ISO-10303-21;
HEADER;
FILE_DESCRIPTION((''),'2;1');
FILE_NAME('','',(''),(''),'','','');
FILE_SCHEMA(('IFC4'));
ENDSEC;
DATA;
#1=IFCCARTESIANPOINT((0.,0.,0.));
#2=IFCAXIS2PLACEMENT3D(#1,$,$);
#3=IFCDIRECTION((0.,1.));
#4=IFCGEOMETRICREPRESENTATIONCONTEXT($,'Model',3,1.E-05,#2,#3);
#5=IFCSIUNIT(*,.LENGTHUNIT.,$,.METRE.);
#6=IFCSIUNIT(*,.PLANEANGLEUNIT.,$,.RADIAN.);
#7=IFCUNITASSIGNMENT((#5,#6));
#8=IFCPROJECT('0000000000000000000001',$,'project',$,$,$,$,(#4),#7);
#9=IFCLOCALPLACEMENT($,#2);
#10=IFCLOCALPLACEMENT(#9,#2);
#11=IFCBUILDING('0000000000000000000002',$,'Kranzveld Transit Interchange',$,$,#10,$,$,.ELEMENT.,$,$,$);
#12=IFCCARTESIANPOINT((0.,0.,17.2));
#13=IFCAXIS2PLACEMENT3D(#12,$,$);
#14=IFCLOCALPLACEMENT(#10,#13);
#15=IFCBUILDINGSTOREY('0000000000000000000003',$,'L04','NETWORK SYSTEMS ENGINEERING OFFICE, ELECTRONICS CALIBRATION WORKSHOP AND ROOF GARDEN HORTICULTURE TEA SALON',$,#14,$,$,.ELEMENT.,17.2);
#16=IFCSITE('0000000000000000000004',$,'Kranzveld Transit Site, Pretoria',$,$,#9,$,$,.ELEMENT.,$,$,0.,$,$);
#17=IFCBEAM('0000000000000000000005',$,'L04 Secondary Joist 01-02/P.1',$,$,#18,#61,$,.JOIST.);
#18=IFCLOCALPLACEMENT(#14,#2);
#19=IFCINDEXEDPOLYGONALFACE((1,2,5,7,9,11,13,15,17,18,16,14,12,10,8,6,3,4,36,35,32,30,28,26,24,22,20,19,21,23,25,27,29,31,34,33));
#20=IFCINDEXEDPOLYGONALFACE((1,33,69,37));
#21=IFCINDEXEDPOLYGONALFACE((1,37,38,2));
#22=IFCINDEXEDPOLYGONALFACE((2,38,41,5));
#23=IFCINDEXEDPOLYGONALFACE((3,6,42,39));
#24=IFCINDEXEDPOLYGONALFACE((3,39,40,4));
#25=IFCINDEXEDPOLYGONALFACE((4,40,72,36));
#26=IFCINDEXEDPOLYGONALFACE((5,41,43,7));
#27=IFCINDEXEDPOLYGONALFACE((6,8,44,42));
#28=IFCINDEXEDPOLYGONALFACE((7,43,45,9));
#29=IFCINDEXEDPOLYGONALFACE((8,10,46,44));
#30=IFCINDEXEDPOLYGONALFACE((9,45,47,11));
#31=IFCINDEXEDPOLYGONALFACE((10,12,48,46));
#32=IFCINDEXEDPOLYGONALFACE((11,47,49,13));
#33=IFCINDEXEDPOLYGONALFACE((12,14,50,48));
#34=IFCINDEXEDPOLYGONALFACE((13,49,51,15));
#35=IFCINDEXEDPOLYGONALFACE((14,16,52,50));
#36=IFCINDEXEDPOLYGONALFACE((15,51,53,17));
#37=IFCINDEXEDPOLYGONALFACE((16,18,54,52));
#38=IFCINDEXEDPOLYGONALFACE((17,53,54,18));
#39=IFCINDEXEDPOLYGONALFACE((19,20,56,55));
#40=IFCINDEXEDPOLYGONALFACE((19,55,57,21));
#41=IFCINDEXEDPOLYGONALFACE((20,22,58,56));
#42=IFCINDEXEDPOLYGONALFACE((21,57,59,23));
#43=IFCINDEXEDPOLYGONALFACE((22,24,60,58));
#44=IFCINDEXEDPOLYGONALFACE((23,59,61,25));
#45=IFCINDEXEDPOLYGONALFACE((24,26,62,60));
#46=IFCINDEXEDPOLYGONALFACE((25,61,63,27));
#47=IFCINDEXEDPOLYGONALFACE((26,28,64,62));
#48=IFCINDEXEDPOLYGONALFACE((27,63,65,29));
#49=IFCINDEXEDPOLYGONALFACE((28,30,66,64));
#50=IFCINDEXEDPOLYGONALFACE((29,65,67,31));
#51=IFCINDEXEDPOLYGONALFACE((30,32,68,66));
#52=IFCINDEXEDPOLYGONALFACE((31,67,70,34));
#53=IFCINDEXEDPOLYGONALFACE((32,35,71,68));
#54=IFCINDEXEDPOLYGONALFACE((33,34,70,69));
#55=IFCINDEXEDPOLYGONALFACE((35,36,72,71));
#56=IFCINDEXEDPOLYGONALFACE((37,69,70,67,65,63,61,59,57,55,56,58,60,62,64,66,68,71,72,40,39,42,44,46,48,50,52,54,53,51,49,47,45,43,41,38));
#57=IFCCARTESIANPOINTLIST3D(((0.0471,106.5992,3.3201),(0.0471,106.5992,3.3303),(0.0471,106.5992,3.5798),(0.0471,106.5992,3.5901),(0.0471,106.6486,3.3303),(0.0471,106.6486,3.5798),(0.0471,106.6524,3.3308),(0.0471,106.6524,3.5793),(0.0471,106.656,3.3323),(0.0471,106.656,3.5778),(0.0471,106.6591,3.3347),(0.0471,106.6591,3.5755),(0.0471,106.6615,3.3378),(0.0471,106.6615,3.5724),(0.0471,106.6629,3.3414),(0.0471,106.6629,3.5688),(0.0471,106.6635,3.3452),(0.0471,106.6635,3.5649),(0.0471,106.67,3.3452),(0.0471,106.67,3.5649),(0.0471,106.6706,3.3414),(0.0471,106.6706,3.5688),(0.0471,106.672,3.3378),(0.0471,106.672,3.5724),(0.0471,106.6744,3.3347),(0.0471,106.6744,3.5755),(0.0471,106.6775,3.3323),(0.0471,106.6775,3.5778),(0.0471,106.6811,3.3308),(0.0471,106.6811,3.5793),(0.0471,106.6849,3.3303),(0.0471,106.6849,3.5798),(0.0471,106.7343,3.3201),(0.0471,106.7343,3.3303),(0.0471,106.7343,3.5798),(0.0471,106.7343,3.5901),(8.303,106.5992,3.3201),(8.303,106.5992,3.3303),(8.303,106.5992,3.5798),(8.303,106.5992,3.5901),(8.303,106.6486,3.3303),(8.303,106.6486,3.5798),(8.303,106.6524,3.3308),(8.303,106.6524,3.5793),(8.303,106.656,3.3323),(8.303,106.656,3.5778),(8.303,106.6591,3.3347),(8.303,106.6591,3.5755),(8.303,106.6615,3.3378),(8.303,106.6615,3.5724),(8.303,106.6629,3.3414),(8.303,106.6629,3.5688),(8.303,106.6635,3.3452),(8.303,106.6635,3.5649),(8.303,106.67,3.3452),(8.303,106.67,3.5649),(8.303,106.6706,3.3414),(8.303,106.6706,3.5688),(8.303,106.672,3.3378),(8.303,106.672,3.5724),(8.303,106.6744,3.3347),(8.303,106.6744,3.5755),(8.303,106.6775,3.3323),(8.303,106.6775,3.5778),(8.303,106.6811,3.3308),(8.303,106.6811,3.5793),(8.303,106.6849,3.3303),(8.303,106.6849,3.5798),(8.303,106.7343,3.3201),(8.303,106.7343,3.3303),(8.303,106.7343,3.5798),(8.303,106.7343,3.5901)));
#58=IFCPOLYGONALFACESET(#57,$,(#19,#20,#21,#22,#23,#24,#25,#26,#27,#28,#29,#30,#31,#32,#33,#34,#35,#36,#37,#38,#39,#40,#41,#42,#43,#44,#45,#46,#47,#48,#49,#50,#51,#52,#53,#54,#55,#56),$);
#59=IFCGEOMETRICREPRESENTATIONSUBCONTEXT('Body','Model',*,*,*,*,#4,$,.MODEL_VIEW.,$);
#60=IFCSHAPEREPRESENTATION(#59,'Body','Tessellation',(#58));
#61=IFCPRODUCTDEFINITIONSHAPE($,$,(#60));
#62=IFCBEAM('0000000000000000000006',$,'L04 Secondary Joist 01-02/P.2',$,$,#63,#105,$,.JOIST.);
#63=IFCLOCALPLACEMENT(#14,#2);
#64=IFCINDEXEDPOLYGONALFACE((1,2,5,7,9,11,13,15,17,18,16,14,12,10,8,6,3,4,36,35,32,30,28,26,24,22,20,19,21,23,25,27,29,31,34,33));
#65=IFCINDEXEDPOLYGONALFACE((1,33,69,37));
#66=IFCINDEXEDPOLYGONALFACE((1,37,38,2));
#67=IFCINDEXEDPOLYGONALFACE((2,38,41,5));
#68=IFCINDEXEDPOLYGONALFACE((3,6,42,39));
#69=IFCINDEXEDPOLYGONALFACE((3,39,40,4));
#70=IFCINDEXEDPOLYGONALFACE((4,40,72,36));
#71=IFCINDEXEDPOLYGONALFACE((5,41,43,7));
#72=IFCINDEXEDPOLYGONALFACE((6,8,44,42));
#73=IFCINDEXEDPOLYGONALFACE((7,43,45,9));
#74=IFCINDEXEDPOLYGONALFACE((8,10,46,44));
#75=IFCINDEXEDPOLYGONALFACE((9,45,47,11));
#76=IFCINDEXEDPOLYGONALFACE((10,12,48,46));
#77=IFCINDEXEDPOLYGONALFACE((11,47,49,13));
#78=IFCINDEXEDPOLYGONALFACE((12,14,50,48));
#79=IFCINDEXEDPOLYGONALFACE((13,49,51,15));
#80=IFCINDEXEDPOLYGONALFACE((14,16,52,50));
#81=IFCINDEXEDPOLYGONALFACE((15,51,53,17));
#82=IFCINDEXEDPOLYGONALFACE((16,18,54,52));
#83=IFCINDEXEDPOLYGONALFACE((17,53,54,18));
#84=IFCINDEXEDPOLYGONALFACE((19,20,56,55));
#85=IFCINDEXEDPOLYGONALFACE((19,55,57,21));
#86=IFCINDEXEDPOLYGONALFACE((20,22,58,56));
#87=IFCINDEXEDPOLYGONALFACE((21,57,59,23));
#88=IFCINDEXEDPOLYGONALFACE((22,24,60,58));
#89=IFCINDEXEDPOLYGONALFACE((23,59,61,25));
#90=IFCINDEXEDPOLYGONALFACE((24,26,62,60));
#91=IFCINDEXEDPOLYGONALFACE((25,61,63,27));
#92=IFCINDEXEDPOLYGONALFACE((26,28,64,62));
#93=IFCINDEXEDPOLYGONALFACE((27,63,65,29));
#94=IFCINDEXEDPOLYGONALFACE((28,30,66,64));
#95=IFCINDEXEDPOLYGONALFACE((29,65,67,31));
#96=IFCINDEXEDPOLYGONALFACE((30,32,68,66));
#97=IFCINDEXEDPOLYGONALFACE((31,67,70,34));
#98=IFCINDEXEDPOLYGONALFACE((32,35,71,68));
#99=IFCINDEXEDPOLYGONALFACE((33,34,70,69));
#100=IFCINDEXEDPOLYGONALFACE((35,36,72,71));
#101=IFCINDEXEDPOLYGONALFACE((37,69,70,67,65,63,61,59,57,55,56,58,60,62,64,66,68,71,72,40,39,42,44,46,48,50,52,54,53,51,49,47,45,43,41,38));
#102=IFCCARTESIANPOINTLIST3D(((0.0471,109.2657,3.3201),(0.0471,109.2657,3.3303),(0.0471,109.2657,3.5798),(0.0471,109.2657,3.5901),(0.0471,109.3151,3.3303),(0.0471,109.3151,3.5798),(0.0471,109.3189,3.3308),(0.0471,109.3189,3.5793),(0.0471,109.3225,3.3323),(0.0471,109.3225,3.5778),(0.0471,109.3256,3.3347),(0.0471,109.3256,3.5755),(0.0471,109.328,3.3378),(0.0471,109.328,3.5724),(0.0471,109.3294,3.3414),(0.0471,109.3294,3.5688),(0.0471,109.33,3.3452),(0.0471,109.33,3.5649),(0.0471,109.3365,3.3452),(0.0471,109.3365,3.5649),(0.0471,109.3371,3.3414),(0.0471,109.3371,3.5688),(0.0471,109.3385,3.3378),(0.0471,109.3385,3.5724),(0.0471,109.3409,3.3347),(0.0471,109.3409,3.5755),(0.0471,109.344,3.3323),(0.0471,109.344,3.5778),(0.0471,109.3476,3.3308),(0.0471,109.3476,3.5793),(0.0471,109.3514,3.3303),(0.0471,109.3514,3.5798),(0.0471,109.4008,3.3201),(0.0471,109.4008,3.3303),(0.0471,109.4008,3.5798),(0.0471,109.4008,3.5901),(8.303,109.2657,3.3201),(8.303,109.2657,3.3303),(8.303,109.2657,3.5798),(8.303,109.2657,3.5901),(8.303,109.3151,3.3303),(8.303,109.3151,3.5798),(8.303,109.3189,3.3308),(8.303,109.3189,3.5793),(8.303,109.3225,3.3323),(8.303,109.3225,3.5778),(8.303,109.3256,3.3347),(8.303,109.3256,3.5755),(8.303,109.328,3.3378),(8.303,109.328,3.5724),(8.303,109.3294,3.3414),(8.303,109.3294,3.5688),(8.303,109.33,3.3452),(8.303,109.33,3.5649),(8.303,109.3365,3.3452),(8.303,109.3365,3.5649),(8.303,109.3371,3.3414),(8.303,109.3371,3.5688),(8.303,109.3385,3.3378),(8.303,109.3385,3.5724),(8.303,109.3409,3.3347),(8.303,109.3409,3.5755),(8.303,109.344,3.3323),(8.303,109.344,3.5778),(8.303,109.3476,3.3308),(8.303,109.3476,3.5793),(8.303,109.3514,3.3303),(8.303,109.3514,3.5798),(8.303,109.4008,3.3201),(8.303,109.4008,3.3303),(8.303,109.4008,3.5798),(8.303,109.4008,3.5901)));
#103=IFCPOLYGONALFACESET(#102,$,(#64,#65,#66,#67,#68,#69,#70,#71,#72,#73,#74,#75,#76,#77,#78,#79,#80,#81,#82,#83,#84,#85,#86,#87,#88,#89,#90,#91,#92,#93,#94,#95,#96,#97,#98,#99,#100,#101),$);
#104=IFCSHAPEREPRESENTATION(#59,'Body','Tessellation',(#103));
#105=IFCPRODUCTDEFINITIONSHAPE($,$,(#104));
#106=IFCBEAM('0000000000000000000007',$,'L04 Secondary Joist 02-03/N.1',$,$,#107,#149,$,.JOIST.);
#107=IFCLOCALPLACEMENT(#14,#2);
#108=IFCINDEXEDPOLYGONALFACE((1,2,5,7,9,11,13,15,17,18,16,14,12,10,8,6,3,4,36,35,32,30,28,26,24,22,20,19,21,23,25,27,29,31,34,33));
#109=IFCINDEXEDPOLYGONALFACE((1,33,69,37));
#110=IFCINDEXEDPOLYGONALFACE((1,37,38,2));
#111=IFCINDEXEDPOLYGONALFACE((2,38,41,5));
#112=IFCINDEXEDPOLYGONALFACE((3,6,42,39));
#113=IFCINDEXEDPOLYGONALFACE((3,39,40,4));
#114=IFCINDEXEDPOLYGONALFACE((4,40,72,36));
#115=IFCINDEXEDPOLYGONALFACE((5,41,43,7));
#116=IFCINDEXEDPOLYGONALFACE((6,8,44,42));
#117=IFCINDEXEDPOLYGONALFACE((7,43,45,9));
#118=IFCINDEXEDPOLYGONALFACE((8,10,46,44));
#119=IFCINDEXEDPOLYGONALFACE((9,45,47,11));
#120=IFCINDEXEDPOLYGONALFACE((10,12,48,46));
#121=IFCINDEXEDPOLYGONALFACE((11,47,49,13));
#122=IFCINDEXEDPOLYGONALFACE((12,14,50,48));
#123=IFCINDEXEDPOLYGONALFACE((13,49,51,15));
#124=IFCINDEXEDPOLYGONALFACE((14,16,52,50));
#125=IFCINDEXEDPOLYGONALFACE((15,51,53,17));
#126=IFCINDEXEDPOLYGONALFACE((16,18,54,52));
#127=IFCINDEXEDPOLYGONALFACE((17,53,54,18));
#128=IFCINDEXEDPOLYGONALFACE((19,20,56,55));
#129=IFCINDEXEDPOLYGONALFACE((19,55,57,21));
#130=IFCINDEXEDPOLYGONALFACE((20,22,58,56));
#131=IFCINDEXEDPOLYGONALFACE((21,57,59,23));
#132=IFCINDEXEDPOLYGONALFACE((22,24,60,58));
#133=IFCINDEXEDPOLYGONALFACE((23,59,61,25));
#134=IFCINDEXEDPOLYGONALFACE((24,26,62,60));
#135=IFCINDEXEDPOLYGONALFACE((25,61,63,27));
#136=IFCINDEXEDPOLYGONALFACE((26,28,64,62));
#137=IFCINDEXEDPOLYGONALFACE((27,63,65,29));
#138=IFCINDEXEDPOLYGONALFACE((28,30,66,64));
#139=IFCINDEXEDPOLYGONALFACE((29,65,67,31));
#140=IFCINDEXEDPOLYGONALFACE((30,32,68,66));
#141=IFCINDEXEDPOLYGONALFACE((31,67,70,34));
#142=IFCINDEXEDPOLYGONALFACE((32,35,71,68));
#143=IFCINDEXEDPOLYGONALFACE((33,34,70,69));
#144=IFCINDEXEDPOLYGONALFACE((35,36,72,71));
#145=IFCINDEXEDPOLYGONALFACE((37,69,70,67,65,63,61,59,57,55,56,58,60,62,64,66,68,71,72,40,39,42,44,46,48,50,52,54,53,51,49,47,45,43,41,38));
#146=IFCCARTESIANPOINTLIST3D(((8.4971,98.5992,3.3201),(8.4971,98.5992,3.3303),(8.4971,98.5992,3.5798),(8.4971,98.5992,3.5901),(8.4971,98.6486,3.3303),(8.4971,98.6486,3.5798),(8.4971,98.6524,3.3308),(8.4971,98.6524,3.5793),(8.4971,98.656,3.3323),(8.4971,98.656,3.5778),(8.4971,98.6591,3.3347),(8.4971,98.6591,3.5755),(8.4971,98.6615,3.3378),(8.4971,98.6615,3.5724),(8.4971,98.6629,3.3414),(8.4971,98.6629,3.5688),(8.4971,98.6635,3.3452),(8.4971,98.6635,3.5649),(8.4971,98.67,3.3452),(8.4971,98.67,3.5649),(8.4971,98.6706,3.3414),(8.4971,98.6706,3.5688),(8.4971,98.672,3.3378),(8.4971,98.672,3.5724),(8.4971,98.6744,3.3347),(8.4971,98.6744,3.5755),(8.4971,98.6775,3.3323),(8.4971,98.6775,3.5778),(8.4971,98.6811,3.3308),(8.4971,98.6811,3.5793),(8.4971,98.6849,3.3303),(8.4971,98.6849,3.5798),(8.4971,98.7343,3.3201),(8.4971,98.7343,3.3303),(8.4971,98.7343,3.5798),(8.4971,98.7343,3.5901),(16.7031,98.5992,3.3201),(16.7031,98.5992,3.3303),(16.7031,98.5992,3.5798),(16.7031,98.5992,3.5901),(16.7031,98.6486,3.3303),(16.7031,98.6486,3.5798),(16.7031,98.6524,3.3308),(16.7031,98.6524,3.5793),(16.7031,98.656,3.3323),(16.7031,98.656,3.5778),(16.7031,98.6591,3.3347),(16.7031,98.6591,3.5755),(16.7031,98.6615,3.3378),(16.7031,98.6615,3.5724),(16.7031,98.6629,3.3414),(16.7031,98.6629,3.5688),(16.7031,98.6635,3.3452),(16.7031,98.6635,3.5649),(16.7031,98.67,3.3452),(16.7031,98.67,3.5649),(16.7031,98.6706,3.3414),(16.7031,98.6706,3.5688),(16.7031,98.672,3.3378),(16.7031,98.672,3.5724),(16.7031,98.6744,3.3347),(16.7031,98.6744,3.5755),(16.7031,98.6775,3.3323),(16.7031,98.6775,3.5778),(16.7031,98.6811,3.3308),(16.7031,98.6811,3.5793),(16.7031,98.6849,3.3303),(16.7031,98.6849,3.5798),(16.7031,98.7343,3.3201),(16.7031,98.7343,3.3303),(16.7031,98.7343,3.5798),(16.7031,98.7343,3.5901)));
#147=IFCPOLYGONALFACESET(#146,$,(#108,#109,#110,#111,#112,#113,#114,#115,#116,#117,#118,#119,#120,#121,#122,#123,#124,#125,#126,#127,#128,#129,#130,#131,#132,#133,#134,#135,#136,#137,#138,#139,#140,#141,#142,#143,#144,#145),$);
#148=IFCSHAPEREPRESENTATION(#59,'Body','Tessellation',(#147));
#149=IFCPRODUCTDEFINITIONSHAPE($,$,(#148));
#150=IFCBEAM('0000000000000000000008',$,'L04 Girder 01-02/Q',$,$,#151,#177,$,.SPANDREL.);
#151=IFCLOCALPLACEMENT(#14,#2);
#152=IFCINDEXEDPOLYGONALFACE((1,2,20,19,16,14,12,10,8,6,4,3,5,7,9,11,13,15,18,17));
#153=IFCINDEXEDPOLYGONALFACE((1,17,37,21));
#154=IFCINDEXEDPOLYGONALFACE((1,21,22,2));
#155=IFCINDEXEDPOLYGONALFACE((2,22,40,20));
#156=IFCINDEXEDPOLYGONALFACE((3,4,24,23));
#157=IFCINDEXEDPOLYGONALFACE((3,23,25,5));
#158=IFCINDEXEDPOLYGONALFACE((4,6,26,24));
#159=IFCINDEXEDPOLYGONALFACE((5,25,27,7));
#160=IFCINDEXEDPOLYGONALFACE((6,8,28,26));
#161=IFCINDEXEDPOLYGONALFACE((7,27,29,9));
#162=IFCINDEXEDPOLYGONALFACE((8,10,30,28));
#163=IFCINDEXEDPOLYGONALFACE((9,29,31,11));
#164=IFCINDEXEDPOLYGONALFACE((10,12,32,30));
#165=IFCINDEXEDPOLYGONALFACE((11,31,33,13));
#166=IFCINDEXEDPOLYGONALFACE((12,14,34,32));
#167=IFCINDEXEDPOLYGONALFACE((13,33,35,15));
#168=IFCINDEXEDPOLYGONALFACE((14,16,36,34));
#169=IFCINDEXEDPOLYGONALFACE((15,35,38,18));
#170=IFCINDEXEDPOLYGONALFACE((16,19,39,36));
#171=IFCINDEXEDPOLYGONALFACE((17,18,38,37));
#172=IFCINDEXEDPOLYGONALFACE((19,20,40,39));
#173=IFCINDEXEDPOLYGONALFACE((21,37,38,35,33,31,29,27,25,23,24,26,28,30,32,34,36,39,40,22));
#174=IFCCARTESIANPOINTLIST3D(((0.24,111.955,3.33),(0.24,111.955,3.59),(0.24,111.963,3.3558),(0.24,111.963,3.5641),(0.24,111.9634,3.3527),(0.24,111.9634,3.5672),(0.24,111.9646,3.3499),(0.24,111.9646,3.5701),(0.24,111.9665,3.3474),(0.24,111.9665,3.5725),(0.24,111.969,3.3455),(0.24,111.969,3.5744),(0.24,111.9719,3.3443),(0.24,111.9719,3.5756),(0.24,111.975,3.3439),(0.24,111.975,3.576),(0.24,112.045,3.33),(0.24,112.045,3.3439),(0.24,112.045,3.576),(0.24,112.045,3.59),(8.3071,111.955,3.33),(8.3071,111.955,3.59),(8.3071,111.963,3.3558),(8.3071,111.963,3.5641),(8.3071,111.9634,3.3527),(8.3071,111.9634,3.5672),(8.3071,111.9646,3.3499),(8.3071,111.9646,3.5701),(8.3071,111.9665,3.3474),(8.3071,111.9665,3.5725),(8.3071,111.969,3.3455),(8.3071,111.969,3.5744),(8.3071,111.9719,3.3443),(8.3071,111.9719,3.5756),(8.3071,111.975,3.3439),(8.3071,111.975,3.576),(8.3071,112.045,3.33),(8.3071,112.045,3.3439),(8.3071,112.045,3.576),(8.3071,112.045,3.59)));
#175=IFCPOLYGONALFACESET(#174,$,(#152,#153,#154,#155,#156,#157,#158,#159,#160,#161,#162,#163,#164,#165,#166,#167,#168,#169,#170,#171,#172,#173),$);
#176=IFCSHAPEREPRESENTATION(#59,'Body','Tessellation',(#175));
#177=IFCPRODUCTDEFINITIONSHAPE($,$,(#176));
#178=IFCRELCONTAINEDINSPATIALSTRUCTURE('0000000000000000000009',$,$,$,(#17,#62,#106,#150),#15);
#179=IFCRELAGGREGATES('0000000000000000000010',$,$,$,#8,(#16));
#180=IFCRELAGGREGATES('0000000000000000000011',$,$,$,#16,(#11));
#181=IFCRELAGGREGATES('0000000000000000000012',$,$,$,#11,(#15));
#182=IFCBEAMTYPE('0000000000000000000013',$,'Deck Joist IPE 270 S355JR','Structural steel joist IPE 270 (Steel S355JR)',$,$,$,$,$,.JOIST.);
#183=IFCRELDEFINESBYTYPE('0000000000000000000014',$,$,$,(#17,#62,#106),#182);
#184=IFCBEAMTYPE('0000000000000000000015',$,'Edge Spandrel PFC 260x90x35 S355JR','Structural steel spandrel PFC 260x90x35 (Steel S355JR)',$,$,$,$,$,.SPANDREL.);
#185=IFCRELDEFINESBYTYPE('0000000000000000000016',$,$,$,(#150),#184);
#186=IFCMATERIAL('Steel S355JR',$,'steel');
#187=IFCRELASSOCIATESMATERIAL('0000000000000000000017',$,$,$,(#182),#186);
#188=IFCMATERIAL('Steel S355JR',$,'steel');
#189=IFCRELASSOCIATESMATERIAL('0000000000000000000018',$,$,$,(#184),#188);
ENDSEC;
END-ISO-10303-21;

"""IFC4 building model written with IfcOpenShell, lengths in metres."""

from ifc_helpers import new_model, si_unit, direction, frame, origin, origin_2d, place, context, subcontext, project, spatial, i_section, u_section, extrude, material, material_profile, profile_set, type_object, element, save


model = new_model("IFC4")

# Units and contexts
model_context = context("Model", 3, precision=1e-05, world=origin(), true_north=direction((0.0, 1.0)))
body_context = subcontext(model_context, "Body", "Model", "MODEL_VIEW")
ifc_project = project(units=[si_unit("LENGTHUNIT", "METRE"), si_unit("PLANEANGLEUNIT", "RADIAN")], contexts=[model_context])

# Site, building, storey
site_placement = place(None, origin())
site = spatial("IfcSite", under=ifc_project, at=site_placement, Name="Kranzveld Transit Site, Pretoria", CompositionType="ELEMENT", RefElevation=0.0)
building_placement = place(site_placement, origin())
building = spatial("IfcBuilding", under=site, at=building_placement, Name="Kranzveld Transit Interchange", CompositionType="ELEMENT")
storey_placement = place(building_placement, frame((0.0, 0.0, 17.2)))
storey = spatial("IfcBuildingStorey", under=building, at=storey_placement, Name="L04", Description="NETWORK SYSTEMS ENGINEERING OFFICE, ELECTRONICS CALIBRATION WORKSHOP AND ROOF GARDEN HORTICULTURE TEA SALON", CompositionType="ELEMENT", Elevation=17.2)

# Beams
ifc_material_1 = material(Name="Steel S355JR", Category="steel")
ifc_material_profile_1 = material_profile(ifc_material_1, i_section(OverallWidth=0.135, OverallDepth=0.27, WebThickness=0.0066, FlangeThickness=0.0103, FilletRadius=0.0149, at=origin_2d()), Name="IPE 270")
ifc_profile_set_1 = profile_set([ifc_material_profile_1], Name="Steel S355JR")
beam_type_1 = type_object("IfcBeamType", Name="Deck Joist IPE 270 S355JR", Description="Structural steel joist IPE 270 (Steel S355JR)", PredefinedType="JOIST", material=ifc_profile_set_1)
for number, where, z_axis, x_axis, name in (
    (1, (0.0471, 106.6667, 3.4551), (1.0, 0.0, 0.0), (0.0, 1.0, 0.0), "L04 Secondary Joist 01-02/P.1"),
    (2, (0.0471, 109.3333, 3.4551), (1.0, 0.0, 0.0), (0.0, 1.0, 0.0), "L04 Secondary Joist 01-02/P.2"),
):
    element("IfcBeam", number, at=place(storey_placement, frame(where, z_axis=z_axis, x_axis=x_axis)), inside=storey, type_object=beam_type_1, Name=name, PredefinedType="JOIST", context=body_context, shape_type="SweptSolid", body=[
        extrude(i_section(OverallWidth=0.135, OverallDepth=0.27, WebThickness=0.0066, FlangeThickness=0.0103, FilletRadius=0.0149, at=origin_2d()), origin(), (0.0, 0.0, 1.0), 8.2559),
    ])
beam_1_placement = place(storey_placement, frame((8.4971, 98.6667, 3.4551), z_axis=(1.0, 0.0, 0.0), x_axis=(0.0, 1.0, 0.0)))
element("IfcBeam", 3, at=beam_1_placement, inside=storey, type_object=beam_type_1, Name="L04 Secondary Joist 02-03/N.1", PredefinedType="JOIST", context=body_context, shape_type="SweptSolid", body=[
    extrude(i_section(OverallWidth=0.135, OverallDepth=0.27, WebThickness=0.0066, FlangeThickness=0.0103, FilletRadius=0.0149, at=origin_2d()), origin(), (0.0, 0.0, 1.0), 8.2061),
])
ifc_material_2 = material(Name="Steel S355JR", Category="steel")
ifc_material_profile_2 = material_profile(ifc_material_2, u_section(Depth=0.26, FlangeWidth=0.0901, WebThickness=0.0081, FlangeThickness=0.0139, FilletRadius=0.012, at=origin_2d()), Name="PFC 260x90x35")
ifc_profile_set_2 = profile_set([ifc_material_profile_2], Name="Steel S355JR")
beam_type_2 = type_object("IfcBeamType", Name="Edge Spandrel PFC 260x90x35 S355JR", Description="Structural steel spandrel PFC 260x90x35 (Steel S355JR)", PredefinedType="SPANDREL", material=ifc_profile_set_2)
beam_2_placement = place(storey_placement, frame((0.24, 112.0, 3.46), z_axis=(1.0, 0.0, 0.0), x_axis=(0.0, 1.0, 0.0)))
element("IfcBeam", 4, at=beam_2_placement, inside=storey, type_object=beam_type_2, Name="L04 Girder 01-02/Q", PredefinedType="SPANDREL", context=body_context, shape_type="SweptSolid", body=[
    extrude(u_section(Depth=0.26, FlangeWidth=0.0901, WebThickness=0.0081, FlangeThickness=0.0139, FilletRadius=0.012, at=origin_2d()), origin(), (0.0, 0.0, 1.0), 8.0671),
])

save(model, "model.ifc")
